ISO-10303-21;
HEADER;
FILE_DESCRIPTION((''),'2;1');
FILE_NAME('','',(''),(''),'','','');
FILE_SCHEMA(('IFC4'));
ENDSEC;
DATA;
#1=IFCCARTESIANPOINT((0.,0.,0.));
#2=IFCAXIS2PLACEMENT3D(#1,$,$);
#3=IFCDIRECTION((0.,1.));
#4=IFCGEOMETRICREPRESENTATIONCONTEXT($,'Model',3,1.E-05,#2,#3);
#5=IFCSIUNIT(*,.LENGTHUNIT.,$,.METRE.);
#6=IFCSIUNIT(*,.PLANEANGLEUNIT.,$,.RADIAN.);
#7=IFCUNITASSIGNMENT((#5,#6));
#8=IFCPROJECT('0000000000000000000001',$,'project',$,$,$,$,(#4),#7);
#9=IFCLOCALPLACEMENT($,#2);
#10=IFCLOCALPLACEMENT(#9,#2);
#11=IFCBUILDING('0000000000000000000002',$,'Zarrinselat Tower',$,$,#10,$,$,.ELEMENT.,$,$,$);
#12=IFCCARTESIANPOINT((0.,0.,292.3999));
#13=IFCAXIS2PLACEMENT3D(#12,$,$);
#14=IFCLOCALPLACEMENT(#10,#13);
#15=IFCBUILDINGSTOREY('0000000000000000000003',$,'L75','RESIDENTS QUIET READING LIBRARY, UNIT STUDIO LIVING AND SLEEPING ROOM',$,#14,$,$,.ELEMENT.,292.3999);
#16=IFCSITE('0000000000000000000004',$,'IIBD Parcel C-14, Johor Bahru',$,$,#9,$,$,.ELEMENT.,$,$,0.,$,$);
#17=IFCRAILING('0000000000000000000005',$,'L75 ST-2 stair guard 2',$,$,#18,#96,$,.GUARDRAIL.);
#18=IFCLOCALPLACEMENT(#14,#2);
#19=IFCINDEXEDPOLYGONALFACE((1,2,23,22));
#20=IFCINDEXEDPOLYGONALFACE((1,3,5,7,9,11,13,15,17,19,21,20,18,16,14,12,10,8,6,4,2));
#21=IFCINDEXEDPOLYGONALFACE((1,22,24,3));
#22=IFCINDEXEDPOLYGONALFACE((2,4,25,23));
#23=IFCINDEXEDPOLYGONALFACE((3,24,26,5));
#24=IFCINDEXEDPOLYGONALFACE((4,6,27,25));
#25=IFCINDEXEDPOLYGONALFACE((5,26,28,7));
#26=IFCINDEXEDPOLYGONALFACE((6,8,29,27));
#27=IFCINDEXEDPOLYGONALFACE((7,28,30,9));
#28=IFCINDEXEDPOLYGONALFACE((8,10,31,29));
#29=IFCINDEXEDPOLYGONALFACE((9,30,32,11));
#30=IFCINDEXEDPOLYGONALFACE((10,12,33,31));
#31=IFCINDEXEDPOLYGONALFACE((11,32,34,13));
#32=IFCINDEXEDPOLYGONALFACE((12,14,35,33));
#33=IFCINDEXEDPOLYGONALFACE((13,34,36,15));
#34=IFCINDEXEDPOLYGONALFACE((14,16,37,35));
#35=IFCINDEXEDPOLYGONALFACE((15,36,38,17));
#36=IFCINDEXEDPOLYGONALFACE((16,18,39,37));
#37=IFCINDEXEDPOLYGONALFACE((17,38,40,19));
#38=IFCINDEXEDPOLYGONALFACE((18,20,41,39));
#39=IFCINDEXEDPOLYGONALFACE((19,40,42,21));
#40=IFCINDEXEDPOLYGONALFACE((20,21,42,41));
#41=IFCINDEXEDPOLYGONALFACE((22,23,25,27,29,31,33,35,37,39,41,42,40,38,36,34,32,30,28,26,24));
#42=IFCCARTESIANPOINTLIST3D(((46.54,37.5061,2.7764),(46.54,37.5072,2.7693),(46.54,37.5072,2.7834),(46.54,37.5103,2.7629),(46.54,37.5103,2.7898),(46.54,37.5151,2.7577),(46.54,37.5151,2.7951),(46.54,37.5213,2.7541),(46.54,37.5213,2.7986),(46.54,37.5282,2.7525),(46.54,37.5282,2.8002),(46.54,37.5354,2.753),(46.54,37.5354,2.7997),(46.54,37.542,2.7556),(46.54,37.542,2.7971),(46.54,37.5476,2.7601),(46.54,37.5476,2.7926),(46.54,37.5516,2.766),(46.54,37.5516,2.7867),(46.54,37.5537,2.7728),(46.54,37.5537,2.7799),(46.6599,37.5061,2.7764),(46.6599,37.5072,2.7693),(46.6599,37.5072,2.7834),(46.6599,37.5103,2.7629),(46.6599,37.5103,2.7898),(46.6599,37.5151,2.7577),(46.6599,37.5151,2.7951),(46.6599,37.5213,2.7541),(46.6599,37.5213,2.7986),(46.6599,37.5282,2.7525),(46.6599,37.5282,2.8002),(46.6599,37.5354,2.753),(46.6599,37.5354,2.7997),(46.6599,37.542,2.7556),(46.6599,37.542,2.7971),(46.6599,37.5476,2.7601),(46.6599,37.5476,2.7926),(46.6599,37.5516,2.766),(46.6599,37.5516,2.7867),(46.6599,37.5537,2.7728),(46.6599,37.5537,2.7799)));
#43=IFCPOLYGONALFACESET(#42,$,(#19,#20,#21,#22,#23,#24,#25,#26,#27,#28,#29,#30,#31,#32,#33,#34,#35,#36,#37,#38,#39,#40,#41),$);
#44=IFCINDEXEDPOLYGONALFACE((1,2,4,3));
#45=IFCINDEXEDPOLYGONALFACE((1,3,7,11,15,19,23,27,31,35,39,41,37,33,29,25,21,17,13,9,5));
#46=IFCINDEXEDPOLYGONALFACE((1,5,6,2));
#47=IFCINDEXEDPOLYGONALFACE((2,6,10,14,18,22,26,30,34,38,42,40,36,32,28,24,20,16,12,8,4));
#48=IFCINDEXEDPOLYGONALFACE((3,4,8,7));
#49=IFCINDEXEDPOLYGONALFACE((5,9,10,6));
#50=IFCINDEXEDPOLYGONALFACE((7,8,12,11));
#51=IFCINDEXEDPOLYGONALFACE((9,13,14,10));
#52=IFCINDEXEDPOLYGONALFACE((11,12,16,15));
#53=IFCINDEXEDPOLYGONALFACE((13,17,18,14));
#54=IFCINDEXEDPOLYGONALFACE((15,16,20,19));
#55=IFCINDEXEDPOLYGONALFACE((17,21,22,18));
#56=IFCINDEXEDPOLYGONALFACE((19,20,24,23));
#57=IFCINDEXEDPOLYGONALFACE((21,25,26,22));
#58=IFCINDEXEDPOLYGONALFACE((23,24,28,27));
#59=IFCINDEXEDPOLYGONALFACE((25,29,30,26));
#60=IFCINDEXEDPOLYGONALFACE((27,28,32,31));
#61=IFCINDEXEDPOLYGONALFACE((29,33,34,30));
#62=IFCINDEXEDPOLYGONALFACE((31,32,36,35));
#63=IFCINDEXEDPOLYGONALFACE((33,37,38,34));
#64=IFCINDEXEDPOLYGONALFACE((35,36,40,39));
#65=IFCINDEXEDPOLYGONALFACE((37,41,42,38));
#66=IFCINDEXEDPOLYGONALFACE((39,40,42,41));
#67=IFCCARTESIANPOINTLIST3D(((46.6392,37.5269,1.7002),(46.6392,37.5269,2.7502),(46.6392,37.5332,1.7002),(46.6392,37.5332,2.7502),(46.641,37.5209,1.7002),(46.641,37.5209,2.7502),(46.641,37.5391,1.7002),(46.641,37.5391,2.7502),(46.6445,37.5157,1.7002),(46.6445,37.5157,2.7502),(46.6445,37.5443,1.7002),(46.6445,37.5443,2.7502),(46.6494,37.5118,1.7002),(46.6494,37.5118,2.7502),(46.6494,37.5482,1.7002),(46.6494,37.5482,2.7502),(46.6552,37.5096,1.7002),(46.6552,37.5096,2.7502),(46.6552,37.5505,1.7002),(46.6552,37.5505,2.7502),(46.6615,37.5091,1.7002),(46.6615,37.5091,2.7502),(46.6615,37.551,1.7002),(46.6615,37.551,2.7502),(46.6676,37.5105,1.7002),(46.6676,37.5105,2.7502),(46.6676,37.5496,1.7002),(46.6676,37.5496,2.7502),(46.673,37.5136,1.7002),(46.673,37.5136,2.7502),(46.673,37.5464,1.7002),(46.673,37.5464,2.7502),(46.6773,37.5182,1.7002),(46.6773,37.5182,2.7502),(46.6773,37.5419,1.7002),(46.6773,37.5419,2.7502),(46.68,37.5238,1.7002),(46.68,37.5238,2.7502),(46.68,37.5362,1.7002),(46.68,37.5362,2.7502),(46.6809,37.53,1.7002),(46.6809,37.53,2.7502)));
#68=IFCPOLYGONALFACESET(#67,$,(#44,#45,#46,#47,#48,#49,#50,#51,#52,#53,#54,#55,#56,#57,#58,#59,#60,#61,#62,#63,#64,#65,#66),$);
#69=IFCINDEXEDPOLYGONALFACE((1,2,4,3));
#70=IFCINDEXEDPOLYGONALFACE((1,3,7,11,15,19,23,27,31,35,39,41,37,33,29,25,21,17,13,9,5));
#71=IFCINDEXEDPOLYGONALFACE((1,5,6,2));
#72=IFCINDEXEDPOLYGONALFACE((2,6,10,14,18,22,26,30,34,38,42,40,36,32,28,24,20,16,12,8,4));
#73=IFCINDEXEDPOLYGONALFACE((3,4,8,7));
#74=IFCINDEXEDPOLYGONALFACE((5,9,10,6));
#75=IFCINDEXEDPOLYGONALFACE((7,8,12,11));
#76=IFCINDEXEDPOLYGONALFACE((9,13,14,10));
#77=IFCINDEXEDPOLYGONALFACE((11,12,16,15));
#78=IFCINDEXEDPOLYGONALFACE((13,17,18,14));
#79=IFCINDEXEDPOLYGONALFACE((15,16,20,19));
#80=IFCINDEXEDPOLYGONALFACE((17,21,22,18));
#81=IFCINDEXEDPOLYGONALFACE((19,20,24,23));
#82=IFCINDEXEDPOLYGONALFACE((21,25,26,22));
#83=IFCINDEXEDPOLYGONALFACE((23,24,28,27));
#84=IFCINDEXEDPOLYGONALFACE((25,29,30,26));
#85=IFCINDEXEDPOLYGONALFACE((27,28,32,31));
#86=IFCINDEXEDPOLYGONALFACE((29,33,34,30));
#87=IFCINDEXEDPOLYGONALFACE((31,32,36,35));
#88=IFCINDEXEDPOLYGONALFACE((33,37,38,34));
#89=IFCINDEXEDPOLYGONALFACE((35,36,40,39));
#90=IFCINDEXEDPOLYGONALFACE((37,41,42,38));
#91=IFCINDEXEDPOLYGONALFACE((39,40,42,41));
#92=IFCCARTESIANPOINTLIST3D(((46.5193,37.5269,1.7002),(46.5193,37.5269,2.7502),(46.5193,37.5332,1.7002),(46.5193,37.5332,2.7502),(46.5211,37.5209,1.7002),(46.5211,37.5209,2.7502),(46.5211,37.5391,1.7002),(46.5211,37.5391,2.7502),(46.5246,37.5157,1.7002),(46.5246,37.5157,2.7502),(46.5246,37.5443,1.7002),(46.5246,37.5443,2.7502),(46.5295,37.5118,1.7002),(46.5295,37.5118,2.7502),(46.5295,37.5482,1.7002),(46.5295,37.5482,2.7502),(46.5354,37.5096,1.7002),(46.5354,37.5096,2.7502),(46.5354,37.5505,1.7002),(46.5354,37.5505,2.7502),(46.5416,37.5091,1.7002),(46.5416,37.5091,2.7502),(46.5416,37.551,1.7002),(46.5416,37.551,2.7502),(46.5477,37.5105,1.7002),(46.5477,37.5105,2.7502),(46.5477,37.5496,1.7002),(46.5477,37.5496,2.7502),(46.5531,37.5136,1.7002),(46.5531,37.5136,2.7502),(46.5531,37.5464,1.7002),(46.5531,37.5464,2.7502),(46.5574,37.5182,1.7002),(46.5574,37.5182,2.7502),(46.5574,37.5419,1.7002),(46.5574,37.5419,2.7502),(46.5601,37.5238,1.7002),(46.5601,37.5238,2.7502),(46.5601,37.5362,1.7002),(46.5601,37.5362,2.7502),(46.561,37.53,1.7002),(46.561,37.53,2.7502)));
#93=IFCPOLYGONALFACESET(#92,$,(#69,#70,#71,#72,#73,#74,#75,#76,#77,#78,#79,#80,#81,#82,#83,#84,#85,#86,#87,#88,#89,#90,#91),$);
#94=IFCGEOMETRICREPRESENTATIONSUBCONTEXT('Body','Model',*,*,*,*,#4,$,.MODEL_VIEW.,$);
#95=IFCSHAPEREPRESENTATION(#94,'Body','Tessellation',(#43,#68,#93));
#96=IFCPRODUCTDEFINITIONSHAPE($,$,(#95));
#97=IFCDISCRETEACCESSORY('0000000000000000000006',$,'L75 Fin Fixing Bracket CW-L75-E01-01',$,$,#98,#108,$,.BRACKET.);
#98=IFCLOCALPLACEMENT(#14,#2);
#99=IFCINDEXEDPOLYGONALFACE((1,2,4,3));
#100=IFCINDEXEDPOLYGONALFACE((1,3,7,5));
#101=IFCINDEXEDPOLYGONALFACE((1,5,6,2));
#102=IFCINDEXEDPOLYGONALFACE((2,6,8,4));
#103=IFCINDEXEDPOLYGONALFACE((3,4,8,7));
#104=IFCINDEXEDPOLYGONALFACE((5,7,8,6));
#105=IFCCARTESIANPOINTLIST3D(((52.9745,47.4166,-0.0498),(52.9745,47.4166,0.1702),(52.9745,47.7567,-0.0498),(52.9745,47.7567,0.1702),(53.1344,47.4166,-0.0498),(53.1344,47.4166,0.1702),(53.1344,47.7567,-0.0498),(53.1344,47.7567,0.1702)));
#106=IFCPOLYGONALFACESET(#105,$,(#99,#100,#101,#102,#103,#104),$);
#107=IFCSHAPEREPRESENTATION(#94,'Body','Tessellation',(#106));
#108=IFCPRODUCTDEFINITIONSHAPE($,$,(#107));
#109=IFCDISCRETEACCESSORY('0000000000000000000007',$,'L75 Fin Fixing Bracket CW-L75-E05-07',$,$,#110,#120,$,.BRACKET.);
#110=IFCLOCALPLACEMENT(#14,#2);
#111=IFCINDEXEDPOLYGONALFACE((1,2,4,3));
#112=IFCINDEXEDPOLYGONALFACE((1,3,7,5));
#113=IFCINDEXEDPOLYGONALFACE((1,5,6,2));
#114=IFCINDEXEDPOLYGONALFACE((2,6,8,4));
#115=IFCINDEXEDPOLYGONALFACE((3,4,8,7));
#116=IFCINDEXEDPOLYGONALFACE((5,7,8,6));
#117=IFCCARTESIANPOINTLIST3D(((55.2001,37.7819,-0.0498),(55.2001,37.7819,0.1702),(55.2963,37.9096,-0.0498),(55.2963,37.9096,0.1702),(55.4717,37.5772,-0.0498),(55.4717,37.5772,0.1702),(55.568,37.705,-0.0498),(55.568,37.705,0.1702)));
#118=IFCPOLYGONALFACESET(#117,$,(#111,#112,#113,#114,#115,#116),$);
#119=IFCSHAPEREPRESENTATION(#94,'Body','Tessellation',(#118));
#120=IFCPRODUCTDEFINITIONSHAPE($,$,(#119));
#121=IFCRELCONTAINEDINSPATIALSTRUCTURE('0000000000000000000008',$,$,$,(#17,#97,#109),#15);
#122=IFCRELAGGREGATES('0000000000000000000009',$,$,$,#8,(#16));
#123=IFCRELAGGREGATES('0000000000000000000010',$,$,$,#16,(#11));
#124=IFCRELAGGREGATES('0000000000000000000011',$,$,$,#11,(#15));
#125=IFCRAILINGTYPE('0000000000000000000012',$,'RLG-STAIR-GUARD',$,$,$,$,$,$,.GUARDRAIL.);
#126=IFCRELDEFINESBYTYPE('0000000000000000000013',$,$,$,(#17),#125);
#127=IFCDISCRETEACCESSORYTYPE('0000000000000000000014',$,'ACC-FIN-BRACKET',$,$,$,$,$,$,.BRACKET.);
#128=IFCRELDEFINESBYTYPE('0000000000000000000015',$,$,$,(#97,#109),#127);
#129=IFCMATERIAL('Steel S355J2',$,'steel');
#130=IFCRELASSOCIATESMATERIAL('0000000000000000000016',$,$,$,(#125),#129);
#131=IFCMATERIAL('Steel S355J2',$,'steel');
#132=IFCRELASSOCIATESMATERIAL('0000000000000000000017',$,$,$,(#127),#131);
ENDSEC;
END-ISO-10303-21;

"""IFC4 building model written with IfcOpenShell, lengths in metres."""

from ifc_helpers import new_model, si_unit, direction, frame, origin, origin_2d, place, context, subcontext, project, spatial, rectangle, circle, extrude, material, type_object, element, save


model = new_model("IFC4")

# Units and contexts
model_context = context("Model", 3, precision=1e-05, world=origin(), true_north=direction((0.0, 1.0)))
body_context = subcontext(model_context, "Body", "Model", "MODEL_VIEW")
ifc_project = project(units=[si_unit("LENGTHUNIT", "METRE"), si_unit("PLANEANGLEUNIT", "RADIAN")], contexts=[model_context])

# Site, building, storey
site_placement = place(None, origin())
site = spatial("IfcSite", under=ifc_project, at=site_placement, Name="IIBD Parcel C-14, Johor Bahru", CompositionType="ELEMENT", RefElevation=0.0)
building_placement = place(site_placement, origin())
building = spatial("IfcBuilding", under=site, at=building_placement, Name="Zarrinselat Tower", CompositionType="ELEMENT")
storey_placement = place(building_placement, frame((0.0, 0.0, 292.3999)))
storey = spatial("IfcBuildingStorey", under=building, at=storey_placement, Name="L75", Description="RESIDENTS QUIET READING LIBRARY, UNIT STUDIO LIVING AND SLEEPING ROOM", CompositionType="ELEMENT", Elevation=292.3999)

# Railing
ifc_material_1 = material(Name="Steel S355J2", Category="steel")
railing_type = type_object("IfcRailingType", Name="RLG-STAIR-GUARD", PredefinedType="GUARDRAIL", material=ifc_material_1)
railing_placement = place(storey_placement, frame((46.6599, 37.53, 1.7002)))
element("IfcRailing", 1, at=railing_placement, inside=storey, type_object=railing_type, Name="L75 ST-2 stair guard 2", PredefinedType="GUARDRAIL", context=body_context, shape_type="SweptSolid", body=[
    extrude(circle(Radius=0.0239, at=origin_2d()), frame((0.0, 0.0, 1.0762), z_axis=(-1.0, 0.0, 0.0), x_axis=(0.0, -1.0, 0.0)), (0.0, 0.0, 1.0), 0.1199),
    extrude(circle(Radius=0.021, at=origin_2d()), origin(), (0.0, 0.0, 1.0), 1.05),
    extrude(circle(Radius=0.021, at=origin_2d()), frame((-0.1199, 0.0, 0.0)), (0.0, 0.0, 1.0), 1.05),
])

# Discrete accessories
ifc_material_2 = material(Name="Steel S355J2", Category="steel")
discrete_accessory_type = type_object("IfcDiscreteAccessoryType", Name="ACC-FIN-BRACKET", PredefinedType="BRACKET", material=ifc_material_2)
for number, where, z_axis, x_axis, name in (
    (2, (53.0544, 47.5867, -0.0498), (0.0, 0.0, 1.0), (0.0, 1.0, 0.0), "L75 Fin Fixing Bracket CW-L75-E01-01"),
    (3, (55.384, 37.7434, -0.0498), (0.0, 0.0, 1.0), (0.798743, -0.601673, 0.0), "L75 Fin Fixing Bracket CW-L75-E05-07"),
):
    element("IfcDiscreteAccessory", number, at=place(storey_placement, frame(where, z_axis=z_axis, x_axis=x_axis)), inside=storey, type_object=discrete_accessory_type, Name=name, PredefinedType="BRACKET", context=body_context, shape_type="SweptSolid", body=[
        extrude(rectangle(XDim=0.3401, YDim=0.1599, at=origin_2d()), origin(), (0.0, 0.0, 1.0), 0.22),
    ])

save(model, "model.ifc")
